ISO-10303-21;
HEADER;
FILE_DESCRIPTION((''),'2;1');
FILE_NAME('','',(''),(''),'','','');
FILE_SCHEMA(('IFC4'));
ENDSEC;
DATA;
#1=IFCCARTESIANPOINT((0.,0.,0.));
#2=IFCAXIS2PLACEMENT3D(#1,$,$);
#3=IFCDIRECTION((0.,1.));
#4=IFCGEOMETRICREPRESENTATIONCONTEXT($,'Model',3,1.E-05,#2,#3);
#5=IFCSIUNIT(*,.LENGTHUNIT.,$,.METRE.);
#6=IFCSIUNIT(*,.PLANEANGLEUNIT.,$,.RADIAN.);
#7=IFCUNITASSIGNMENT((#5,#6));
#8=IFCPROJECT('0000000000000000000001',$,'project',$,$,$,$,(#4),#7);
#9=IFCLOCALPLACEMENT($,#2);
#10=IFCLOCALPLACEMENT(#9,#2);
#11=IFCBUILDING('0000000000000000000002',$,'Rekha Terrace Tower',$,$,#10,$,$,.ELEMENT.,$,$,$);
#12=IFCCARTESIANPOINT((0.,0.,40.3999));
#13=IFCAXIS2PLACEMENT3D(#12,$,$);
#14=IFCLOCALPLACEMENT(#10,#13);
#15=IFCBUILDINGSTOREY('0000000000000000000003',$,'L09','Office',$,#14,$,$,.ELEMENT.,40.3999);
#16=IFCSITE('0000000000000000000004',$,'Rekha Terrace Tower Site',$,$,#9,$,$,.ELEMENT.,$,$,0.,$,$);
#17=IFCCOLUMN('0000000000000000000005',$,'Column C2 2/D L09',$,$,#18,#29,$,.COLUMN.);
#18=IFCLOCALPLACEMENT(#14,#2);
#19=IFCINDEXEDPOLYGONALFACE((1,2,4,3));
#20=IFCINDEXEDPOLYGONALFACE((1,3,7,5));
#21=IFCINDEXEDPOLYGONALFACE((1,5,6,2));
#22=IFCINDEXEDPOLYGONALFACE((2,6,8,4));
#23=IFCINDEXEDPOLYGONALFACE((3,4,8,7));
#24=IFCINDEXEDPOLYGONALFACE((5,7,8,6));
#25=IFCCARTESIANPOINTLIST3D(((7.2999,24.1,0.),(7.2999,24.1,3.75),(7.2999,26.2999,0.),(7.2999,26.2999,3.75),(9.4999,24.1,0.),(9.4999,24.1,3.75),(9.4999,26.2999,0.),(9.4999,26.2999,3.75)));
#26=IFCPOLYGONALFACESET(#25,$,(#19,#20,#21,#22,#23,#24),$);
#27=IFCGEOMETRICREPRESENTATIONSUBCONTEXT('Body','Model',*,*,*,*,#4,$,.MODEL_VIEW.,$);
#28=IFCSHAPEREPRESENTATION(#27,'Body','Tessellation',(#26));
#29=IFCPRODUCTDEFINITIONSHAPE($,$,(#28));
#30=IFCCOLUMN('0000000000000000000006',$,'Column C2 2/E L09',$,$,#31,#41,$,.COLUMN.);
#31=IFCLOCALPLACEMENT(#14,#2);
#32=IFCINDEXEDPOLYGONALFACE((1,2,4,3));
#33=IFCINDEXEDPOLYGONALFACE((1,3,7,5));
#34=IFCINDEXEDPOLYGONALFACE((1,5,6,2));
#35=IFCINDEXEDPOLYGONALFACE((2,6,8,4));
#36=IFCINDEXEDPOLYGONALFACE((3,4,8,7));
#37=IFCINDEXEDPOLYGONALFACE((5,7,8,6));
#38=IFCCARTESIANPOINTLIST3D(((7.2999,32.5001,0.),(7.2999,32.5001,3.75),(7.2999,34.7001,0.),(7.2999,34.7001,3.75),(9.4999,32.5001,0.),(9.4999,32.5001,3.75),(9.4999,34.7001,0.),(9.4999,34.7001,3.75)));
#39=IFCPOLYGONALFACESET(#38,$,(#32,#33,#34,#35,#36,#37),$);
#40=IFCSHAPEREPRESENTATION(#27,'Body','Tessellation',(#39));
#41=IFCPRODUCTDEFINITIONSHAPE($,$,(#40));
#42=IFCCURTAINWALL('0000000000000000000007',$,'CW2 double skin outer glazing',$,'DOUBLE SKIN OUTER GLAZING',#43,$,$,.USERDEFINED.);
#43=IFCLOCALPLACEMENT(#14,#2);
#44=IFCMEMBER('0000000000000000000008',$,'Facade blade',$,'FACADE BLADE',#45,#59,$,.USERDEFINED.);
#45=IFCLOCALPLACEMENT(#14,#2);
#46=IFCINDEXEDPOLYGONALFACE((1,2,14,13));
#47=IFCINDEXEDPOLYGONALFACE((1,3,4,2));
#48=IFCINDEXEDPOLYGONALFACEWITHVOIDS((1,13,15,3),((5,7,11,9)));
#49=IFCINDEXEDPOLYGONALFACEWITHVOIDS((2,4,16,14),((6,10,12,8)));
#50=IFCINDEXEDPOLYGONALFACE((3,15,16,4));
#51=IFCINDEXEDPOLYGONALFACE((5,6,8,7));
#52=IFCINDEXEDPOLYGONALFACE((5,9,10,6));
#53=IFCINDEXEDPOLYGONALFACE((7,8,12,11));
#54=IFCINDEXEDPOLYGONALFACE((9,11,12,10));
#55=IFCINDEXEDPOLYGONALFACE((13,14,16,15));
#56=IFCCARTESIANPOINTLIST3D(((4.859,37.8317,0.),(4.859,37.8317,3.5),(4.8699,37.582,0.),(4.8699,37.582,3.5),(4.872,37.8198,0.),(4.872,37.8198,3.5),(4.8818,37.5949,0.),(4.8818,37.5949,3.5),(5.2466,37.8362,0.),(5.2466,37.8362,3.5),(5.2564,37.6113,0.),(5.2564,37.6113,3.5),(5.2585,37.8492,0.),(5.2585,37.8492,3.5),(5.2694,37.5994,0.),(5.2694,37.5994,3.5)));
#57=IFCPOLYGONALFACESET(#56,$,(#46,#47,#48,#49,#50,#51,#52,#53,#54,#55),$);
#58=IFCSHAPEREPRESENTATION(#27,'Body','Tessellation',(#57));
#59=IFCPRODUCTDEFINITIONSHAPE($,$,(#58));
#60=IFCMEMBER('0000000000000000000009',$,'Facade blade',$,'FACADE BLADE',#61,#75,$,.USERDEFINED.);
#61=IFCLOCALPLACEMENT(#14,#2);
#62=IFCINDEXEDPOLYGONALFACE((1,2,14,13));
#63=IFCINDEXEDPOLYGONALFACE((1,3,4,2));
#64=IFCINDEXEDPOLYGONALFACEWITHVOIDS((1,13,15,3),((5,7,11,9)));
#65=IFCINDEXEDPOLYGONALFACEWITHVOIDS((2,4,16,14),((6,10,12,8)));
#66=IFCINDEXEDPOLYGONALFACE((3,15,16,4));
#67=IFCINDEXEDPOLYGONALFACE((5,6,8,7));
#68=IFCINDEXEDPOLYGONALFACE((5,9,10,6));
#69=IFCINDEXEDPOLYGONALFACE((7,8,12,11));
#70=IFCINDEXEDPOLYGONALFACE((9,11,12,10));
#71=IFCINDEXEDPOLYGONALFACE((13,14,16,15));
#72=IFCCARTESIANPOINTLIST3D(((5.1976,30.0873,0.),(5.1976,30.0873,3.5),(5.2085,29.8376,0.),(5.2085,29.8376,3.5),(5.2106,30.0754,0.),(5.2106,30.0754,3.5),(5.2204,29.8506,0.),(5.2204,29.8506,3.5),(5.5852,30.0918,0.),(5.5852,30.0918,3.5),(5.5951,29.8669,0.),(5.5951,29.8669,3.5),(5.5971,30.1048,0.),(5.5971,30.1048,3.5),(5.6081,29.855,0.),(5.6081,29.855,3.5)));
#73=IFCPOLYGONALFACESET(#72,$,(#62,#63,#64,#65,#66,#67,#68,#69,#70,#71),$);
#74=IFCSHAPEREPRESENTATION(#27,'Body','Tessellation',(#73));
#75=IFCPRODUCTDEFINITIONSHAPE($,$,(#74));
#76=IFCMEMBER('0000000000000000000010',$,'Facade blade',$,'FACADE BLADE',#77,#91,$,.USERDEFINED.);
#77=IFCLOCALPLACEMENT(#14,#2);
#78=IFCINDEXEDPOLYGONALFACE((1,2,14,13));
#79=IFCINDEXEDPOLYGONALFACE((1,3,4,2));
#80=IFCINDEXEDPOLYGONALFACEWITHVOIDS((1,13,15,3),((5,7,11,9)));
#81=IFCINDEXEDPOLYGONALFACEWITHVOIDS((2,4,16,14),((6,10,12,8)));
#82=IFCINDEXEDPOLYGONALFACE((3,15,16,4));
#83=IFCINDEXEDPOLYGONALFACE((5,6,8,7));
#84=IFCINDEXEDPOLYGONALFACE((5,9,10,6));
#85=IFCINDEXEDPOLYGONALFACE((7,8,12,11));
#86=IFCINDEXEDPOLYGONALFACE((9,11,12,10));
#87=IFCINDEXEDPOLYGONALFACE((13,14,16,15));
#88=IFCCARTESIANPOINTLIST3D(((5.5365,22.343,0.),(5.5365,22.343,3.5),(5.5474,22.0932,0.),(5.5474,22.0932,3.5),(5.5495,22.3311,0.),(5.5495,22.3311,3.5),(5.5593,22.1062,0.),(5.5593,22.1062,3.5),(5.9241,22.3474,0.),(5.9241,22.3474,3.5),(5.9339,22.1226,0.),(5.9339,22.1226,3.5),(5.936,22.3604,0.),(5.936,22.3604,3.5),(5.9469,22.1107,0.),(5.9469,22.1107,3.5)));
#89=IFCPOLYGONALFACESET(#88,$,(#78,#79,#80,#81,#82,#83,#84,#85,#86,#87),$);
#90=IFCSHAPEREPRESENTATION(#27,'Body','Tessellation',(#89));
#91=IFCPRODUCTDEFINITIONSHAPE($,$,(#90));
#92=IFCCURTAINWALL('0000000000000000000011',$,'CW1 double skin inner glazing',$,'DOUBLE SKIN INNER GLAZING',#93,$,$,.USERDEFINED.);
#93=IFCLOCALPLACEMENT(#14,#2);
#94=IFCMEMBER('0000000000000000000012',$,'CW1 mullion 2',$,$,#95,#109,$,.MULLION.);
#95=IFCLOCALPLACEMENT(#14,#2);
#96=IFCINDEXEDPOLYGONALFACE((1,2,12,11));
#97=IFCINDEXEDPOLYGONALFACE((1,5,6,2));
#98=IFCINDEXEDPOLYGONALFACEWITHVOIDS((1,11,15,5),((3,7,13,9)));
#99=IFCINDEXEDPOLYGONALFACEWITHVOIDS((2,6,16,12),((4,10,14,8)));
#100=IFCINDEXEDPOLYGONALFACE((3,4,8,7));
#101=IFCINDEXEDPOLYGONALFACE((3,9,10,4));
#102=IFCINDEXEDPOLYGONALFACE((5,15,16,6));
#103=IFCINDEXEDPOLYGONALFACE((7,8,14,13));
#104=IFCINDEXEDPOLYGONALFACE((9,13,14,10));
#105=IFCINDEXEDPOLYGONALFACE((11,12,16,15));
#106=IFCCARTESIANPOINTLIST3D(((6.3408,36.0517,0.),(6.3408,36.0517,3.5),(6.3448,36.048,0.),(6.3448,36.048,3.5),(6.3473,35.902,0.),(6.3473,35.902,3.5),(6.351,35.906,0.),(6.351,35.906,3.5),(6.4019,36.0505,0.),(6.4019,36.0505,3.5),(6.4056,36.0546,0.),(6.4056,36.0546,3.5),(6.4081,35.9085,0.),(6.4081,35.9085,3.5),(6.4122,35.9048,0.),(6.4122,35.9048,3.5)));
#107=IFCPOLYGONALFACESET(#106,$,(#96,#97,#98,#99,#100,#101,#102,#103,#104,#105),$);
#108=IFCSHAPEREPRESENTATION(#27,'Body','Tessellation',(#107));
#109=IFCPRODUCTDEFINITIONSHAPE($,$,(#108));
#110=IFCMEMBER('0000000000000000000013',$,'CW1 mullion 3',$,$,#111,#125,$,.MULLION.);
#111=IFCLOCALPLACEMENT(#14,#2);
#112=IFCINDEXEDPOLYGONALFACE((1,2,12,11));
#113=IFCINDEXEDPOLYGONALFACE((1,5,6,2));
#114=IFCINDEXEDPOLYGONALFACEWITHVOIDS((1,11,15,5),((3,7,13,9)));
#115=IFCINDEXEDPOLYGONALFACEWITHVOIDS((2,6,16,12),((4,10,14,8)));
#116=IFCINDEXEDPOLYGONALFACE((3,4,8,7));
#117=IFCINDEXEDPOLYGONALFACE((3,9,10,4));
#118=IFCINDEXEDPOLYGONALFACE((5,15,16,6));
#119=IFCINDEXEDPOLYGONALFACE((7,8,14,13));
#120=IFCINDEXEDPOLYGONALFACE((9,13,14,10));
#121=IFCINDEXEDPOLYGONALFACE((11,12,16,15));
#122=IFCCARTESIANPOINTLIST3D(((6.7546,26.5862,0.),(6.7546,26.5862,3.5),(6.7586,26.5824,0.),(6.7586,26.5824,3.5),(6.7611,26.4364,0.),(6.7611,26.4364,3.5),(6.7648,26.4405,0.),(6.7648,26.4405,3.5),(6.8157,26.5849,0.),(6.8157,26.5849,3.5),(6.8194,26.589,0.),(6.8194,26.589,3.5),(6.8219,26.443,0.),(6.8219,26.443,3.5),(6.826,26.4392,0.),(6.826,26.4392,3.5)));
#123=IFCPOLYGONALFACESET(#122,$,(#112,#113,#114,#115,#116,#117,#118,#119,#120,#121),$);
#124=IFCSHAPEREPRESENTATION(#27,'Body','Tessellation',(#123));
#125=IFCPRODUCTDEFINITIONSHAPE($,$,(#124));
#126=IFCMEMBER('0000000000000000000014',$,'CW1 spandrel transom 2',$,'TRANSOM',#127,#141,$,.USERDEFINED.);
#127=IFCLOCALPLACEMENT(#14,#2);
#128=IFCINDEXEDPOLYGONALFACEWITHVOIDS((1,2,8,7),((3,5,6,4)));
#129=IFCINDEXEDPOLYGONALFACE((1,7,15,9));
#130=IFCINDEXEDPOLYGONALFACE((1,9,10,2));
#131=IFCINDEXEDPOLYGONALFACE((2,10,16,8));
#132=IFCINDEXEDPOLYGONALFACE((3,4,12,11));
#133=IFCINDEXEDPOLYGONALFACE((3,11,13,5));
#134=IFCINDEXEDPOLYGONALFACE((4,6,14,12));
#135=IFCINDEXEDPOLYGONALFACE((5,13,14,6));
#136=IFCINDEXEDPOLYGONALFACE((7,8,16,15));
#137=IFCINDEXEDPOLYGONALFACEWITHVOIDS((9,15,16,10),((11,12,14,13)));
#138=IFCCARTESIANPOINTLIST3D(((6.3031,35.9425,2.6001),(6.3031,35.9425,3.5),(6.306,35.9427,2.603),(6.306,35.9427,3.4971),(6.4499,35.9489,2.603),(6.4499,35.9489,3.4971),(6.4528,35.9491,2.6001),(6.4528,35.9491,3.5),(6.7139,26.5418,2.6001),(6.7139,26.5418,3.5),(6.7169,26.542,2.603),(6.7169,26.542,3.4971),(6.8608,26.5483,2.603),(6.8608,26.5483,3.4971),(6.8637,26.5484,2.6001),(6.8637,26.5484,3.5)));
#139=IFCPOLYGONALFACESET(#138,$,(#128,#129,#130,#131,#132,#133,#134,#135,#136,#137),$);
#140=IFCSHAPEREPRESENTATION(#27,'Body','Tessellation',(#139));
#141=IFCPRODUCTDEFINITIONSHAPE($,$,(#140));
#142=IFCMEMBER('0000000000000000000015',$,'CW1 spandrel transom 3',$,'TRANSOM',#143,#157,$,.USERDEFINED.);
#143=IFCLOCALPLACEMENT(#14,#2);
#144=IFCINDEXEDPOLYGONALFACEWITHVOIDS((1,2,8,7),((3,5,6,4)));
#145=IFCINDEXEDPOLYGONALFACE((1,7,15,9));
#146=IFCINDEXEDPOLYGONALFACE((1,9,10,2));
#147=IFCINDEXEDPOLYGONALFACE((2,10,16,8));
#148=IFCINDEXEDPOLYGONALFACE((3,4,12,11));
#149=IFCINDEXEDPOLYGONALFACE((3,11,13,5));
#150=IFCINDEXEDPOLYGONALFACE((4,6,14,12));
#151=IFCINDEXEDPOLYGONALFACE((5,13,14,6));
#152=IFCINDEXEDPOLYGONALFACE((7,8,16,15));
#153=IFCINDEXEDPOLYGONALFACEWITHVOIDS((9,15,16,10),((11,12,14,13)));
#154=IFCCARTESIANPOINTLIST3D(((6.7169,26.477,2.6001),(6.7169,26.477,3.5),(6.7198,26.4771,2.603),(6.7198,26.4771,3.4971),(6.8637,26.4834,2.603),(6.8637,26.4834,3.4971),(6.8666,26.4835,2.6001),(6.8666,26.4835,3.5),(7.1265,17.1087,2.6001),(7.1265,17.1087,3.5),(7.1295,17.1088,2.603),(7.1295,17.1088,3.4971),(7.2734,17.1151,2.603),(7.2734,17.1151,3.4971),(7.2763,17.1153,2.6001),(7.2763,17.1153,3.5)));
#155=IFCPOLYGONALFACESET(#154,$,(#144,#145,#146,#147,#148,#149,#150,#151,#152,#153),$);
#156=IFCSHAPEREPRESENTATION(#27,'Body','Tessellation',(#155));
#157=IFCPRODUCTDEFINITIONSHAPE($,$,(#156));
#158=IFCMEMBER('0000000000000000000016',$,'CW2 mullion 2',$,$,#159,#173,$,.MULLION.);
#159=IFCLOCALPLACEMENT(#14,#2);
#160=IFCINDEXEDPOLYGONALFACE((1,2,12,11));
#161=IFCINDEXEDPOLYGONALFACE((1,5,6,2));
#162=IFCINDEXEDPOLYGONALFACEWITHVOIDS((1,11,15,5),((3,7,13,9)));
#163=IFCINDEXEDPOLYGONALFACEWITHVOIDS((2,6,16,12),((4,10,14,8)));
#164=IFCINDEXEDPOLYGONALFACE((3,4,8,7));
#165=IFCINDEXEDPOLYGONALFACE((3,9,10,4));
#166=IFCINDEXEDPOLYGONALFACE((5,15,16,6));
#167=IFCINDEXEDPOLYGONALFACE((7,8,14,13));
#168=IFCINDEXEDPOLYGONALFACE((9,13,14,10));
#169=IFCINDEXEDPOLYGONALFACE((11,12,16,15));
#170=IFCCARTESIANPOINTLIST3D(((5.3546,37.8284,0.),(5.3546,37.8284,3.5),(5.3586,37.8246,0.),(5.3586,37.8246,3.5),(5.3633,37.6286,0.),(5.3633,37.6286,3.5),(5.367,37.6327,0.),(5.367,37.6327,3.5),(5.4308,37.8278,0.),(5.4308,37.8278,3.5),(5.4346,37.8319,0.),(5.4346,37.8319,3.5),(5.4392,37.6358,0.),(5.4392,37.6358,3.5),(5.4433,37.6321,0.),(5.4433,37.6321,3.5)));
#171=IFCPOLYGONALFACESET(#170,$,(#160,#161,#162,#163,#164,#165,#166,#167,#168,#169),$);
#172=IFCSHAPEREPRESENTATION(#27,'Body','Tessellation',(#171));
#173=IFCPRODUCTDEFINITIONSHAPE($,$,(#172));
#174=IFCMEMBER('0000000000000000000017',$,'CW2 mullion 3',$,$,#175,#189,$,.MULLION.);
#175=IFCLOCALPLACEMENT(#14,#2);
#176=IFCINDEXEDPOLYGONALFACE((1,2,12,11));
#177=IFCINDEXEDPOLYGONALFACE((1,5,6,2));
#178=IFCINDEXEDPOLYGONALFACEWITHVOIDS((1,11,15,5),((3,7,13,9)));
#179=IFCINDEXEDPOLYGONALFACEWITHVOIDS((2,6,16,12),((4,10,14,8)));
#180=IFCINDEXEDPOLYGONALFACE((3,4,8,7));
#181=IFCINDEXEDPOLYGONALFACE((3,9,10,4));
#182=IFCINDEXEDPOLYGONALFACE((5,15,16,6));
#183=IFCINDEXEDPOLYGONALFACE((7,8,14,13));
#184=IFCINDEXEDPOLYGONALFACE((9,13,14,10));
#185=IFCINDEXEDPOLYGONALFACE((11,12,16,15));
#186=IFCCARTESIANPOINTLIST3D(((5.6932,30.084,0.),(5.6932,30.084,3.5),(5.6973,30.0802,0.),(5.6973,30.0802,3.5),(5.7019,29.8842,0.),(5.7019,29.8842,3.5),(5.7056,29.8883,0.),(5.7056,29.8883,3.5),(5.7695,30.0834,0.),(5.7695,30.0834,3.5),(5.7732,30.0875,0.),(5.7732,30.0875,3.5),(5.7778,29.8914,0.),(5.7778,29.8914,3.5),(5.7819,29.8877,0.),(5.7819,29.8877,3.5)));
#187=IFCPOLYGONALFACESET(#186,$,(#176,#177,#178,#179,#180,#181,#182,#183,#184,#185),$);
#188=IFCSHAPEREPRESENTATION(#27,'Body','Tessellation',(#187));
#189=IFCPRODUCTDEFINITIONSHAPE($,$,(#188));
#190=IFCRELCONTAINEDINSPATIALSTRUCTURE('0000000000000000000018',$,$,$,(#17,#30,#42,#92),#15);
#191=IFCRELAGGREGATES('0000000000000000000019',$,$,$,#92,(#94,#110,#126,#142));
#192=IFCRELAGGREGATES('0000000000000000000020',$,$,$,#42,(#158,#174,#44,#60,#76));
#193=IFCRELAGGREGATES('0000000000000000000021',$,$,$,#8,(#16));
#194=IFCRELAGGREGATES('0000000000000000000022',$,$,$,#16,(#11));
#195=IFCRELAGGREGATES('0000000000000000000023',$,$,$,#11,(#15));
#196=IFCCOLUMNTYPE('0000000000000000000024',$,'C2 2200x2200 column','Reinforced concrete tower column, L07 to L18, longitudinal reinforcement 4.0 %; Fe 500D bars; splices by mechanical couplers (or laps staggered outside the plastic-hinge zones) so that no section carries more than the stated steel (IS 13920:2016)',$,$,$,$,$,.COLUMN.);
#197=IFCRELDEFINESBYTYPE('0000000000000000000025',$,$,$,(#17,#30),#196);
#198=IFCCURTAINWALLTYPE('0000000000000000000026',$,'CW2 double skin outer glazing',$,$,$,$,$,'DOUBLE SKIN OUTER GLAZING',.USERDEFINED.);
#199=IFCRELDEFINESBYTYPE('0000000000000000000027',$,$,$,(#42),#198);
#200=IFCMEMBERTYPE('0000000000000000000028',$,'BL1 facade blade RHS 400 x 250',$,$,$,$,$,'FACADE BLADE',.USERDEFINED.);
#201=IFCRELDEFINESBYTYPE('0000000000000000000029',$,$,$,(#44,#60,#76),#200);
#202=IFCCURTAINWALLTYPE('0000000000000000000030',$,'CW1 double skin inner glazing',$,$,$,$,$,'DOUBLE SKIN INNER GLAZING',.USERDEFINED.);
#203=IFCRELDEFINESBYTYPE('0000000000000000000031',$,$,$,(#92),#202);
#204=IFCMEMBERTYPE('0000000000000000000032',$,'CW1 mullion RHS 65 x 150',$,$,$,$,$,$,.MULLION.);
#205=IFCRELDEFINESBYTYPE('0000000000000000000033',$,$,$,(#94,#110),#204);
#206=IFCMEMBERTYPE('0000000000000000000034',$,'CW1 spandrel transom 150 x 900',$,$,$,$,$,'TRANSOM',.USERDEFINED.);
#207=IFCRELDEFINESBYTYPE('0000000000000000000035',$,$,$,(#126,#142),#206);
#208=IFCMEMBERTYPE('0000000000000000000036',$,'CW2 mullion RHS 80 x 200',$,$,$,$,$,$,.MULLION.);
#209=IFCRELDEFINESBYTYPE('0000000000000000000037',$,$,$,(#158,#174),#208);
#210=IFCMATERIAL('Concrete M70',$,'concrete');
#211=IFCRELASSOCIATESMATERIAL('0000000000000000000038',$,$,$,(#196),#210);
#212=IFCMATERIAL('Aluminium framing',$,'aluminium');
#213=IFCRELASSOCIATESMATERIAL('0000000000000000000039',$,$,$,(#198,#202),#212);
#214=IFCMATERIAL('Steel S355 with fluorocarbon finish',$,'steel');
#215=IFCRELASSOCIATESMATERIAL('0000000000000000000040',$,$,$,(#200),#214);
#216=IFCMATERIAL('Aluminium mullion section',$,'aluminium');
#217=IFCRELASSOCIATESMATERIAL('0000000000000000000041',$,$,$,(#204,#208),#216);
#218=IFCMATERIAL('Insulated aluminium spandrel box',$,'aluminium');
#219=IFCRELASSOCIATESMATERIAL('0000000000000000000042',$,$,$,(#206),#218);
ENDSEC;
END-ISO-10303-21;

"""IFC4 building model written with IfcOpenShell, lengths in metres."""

from ifc_helpers import new_model, si_unit, direction, frame, origin, origin_2d, place, context, subcontext, project, spatial, rectangle, hollow_rectangle, extrude, material, material_profile, profile_set, type_object, element, aggregate, save


model = new_model("IFC4")

# Units and contexts
model_context = context("Model", 3, precision=1e-05, world=origin(), true_north=direction((0.0, 1.0)))
body_context = subcontext(model_context, "Body", "Model", "MODEL_VIEW")
ifc_project = project(units=[si_unit("LENGTHUNIT", "METRE"), si_unit("PLANEANGLEUNIT", "RADIAN")], contexts=[model_context])

# Site, building, storey
site_placement = place(None, origin())
site = spatial("IfcSite", under=ifc_project, at=site_placement, Name="Rekha Terrace Tower Site", CompositionType="ELEMENT", RefElevation=0.0)
building_placement = place(site_placement, origin())
building = spatial("IfcBuilding", under=site, at=building_placement, Name="Rekha Terrace Tower", CompositionType="ELEMENT")
storey_placement = place(building_placement, frame((0.0, 0.0, 40.3999)))
storey = spatial("IfcBuildingStorey", under=building, at=storey_placement, Name="L09", Description="Office", CompositionType="ELEMENT", Elevation=40.3999)

# Columns
ifc_material_1 = material(Name="Concrete M70", Category="concrete")
ifc_material_profile_1 = material_profile(ifc_material_1, rectangle(XDim=2.2, YDim=2.2, at=origin_2d()), Name="RC 2200x2200")
ifc_profile_set_1 = profile_set([ifc_material_profile_1], Name="Concrete M70")
column_type = type_object("IfcColumnType", Name="C2 2200x2200 column", Description="Reinforced concrete tower column, L07 to L18, longitudinal reinforcement 4.0 %; Fe 500D bars; splices by mechanical couplers (or laps staggered outside the plastic-hinge zones) so that no section carries more than the stated steel (IS 13920:2016)", PredefinedType="COLUMN", material=ifc_profile_set_1)
for number, where, z_axis, x_axis, name in (
    (1, (8.3999, 25.2, 0.0), (0.0, 0.0, 1.0), (1.0, 0.0, 0.0), "Column C2 2/D L09"),
    (2, (8.3999, 33.6001, 0.0), (0.0, 0.0, 1.0), (1.0, 0.0, 0.0), "Column C2 2/E L09"),
):
    element("IfcColumn", number, at=place(storey_placement, frame(where, z_axis=z_axis, x_axis=x_axis)), inside=storey, type_object=column_type, Name=name, PredefinedType="COLUMN", context=body_context, shape_type="SweptSolid", body=[
        extrude(rectangle(XDim=2.2, YDim=2.2, at=origin_2d()), origin(), (0.0, 0.0, 1.0), 3.75),
    ])

# Curtain walls, members
ifc_material_2 = material(Name="Aluminium framing", Category="aluminium")
curtain_wall_type_1 = type_object("IfcCurtainWallType", Name="CW2 double skin outer glazing", ElementType="DOUBLE SKIN OUTER GLAZING", PredefinedType="USERDEFINED", material=ifc_material_2)
curtain_wall_1_placement = place(storey_placement, origin())
curtain_wall_1 = element("IfcCurtainWall", 3, at=curtain_wall_1_placement, inside=storey, type_object=curtain_wall_type_1, Name="CW2 double skin outer glazing", ObjectType="DOUBLE SKIN OUTER GLAZING", PredefinedType="USERDEFINED")
ifc_material_3 = material(Name="Steel S355 with fluorocarbon finish", Category="steel")
ifc_material_profile_2 = material_profile(ifc_material_3, hollow_rectangle(XDim=0.25, YDim=0.3999, WallThickness=0.0125, at=origin_2d()), Name="RHS400x250x12.5")
ifc_profile_set_2 = profile_set([ifc_material_profile_2], Name="Steel S355 with fluorocarbon finish")
member_type_1 = type_object("IfcMemberType", Name="BL1 facade blade RHS 400 x 250", ElementType="FACADE BLADE", PredefinedType="USERDEFINED", material=ifc_profile_set_2)
member_1_placement = place(storey_placement, frame((5.0642, 37.7156, 0.0), z_axis=(0.0, 0.0, 1.0), x_axis=(0.043682, -0.999045, 0.0)))
member_1 = element("IfcMember", 4, at=member_1_placement, type_object=member_type_1, Name="Facade blade", ObjectType="FACADE BLADE", PredefinedType="USERDEFINED", context=body_context, shape_type="SweptSolid", body=[
    extrude(hollow_rectangle(XDim=0.25, YDim=0.3999, WallThickness=0.0125, at=origin_2d()), origin(), (0.0, 0.0, 1.0), 3.5),
])
member_2_placement = place(storey_placement, frame((5.4028, 29.9712, 0.0), z_axis=(0.0, 0.0, 1.0), x_axis=(0.043682, -0.999045, 0.0)))
member_2 = element("IfcMember", 5, at=member_2_placement, type_object=member_type_1, Name="Facade blade", ObjectType="FACADE BLADE", PredefinedType="USERDEFINED", context=body_context, shape_type="SweptSolid", body=[
    extrude(hollow_rectangle(XDim=0.25, YDim=0.3999, WallThickness=0.0125, at=origin_2d()), origin(), (0.0, 0.0, 1.0), 3.5),
])
member_3_placement = place(storey_placement, frame((5.7417, 22.2268, 0.0), z_axis=(0.0, 0.0, 1.0), x_axis=(0.043682, -0.999045, 0.0)))
member_3 = element("IfcMember", 6, at=member_3_placement, type_object=member_type_1, Name="Facade blade", ObjectType="FACADE BLADE", PredefinedType="USERDEFINED", context=body_context, shape_type="SweptSolid", body=[
    extrude(hollow_rectangle(XDim=0.25, YDim=0.3999, WallThickness=0.0125, at=origin_2d()), origin(), (0.0, 0.0, 1.0), 3.5),
])
curtain_wall_type_2 = type_object("IfcCurtainWallType", Name="CW1 double skin inner glazing", ElementType="DOUBLE SKIN INNER GLAZING", PredefinedType="USERDEFINED", material=ifc_material_2)
curtain_wall_2_placement = place(storey_placement, origin())
curtain_wall_2 = element("IfcCurtainWall", 7, at=curtain_wall_2_placement, inside=storey, type_object=curtain_wall_type_2, Name="CW1 double skin inner glazing", ObjectType="DOUBLE SKIN INNER GLAZING", PredefinedType="USERDEFINED")
ifc_material_4 = material(Name="Aluminium mullion section", Category="aluminium")
ifc_material_profile_3 = material_profile(ifc_material_4, hollow_rectangle(XDim=0.0649, YDim=0.1499, WallThickness=0.0039, at=origin_2d()), Name="AL RHS 65x150")
ifc_profile_set_3 = profile_set([ifc_material_profile_3], Name="Aluminium mullion section")
member_type_2 = type_object("IfcMemberType", Name="CW1 mullion RHS 65 x 150", PredefinedType="MULLION", material=ifc_profile_set_3)
member_4_placement = place(storey_placement, frame((6.3765, 35.9783, 0.0), z_axis=(0.0, 0.0, 1.0), x_axis=(0.999045, 0.043683, 0.0)))
member_4 = element("IfcMember", 8, at=member_4_placement, type_object=member_type_2, Name="CW1 mullion 2", PredefinedType="MULLION", context=body_context, shape_type="SweptSolid", body=[
    extrude(hollow_rectangle(XDim=0.0649, YDim=0.1499, WallThickness=0.0039, at=origin_2d()), origin(), (0.0, 0.0, 1.0), 3.5),
])
member_5_placement = place(storey_placement, frame((6.7903, 26.5127, 0.0), z_axis=(0.0, 0.0, 1.0), x_axis=(0.999045, 0.043683, 0.0)))
member_5 = element("IfcMember", 9, at=member_5_placement, type_object=member_type_2, Name="CW1 mullion 3", PredefinedType="MULLION", context=body_context, shape_type="SweptSolid", body=[
    extrude(hollow_rectangle(XDim=0.0649, YDim=0.1499, WallThickness=0.0039, at=origin_2d()), origin(), (0.0, 0.0, 1.0), 3.5),
])
ifc_material_5 = material(Name="Insulated aluminium spandrel box", Category="aluminium")
ifc_material_profile_4 = material_profile(ifc_material_5, hollow_rectangle(XDim=0.1499, YDim=0.8999, WallThickness=0.0029, at=origin_2d()), Name="AL SPANDREL BOX 150x900")
ifc_profile_set_4 = profile_set([ifc_material_profile_4], Name="Insulated aluminium spandrel box")
member_type_3 = type_object("IfcMemberType", Name="CW1 spandrel transom 150 x 900", ElementType="TRANSOM", PredefinedType="USERDEFINED", material=ifc_profile_set_4)
member_6_placement = place(storey_placement, frame((6.3779, 35.9458, 3.05), z_axis=(0.043667, -0.999046, 0.0), x_axis=(0.999046, 0.043667, 0.0)))
member_6 = element("IfcMember", 10, at=member_6_placement, type_object=member_type_3, Name="CW1 spandrel transom 2", ObjectType="TRANSOM", PredefinedType="USERDEFINED", context=body_context, shape_type="SweptSolid", body=[
    extrude(hollow_rectangle(XDim=0.1499, YDim=0.8999, WallThickness=0.0029, at=origin_2d()), origin(), (0.0, 0.0, 1.0), 9.4097),
])
member_7_placement = place(storey_placement, frame((6.7917, 26.4802, 3.05), z_axis=(0.043688, -0.999045, 0.0), x_axis=(0.999045, 0.043688, 0.0)))
member_7 = element("IfcMember", 11, at=member_7_placement, type_object=member_type_3, Name="CW1 spandrel transom 3", ObjectType="TRANSOM", PredefinedType="USERDEFINED", context=body_context, shape_type="SweptSolid", body=[
    extrude(hollow_rectangle(XDim=0.1499, YDim=0.8999, WallThickness=0.0029, at=origin_2d()), origin(), (0.0, 0.0, 1.0), 9.3772),
])

# Members
ifc_material_profile_5 = material_profile(ifc_material_4, hollow_rectangle(XDim=0.0801, YDim=0.2, WallThickness=0.0039, at=origin_2d()), Name="AL RHS 80x200")
ifc_profile_set_5 = profile_set([ifc_material_profile_5], Name="Aluminium mullion section")
member_type_4 = type_object("IfcMemberType", Name="CW2 mullion RHS 80 x 200", PredefinedType="MULLION", material=ifc_profile_set_5)
member_8_placement = place(storey_placement, frame((5.3989, 37.7302, 0.0), z_axis=(0.0, 0.0, 1.0), x_axis=(0.999045, 0.043683, 0.0)))
member_8 = element("IfcMember", 12, at=member_8_placement, type_object=member_type_4, Name="CW2 mullion 2", PredefinedType="MULLION", context=body_context, shape_type="SweptSolid", body=[
    extrude(hollow_rectangle(XDim=0.0801, YDim=0.2, WallThickness=0.0039, at=origin_2d()), origin(), (0.0, 0.0, 1.0), 3.5),
])
member_9_placement = place(storey_placement, frame((5.7375, 29.9858, 0.0), z_axis=(0.0, 0.0, 1.0), x_axis=(0.999045, 0.043683, 0.0)))
member_9 = element("IfcMember", 13, at=member_9_placement, type_object=member_type_4, Name="CW2 mullion 3", PredefinedType="MULLION", context=body_context, shape_type="SweptSolid", body=[
    extrude(hollow_rectangle(XDim=0.0801, YDim=0.2, WallThickness=0.0039, at=origin_2d()), origin(), (0.0, 0.0, 1.0), 3.5),
])

aggregate(curtain_wall_2, [member_4, member_5, member_6, member_7])
aggregate(curtain_wall_1, [member_8, member_9, member_1, member_2, member_3])

save(model, "model.ifc")
